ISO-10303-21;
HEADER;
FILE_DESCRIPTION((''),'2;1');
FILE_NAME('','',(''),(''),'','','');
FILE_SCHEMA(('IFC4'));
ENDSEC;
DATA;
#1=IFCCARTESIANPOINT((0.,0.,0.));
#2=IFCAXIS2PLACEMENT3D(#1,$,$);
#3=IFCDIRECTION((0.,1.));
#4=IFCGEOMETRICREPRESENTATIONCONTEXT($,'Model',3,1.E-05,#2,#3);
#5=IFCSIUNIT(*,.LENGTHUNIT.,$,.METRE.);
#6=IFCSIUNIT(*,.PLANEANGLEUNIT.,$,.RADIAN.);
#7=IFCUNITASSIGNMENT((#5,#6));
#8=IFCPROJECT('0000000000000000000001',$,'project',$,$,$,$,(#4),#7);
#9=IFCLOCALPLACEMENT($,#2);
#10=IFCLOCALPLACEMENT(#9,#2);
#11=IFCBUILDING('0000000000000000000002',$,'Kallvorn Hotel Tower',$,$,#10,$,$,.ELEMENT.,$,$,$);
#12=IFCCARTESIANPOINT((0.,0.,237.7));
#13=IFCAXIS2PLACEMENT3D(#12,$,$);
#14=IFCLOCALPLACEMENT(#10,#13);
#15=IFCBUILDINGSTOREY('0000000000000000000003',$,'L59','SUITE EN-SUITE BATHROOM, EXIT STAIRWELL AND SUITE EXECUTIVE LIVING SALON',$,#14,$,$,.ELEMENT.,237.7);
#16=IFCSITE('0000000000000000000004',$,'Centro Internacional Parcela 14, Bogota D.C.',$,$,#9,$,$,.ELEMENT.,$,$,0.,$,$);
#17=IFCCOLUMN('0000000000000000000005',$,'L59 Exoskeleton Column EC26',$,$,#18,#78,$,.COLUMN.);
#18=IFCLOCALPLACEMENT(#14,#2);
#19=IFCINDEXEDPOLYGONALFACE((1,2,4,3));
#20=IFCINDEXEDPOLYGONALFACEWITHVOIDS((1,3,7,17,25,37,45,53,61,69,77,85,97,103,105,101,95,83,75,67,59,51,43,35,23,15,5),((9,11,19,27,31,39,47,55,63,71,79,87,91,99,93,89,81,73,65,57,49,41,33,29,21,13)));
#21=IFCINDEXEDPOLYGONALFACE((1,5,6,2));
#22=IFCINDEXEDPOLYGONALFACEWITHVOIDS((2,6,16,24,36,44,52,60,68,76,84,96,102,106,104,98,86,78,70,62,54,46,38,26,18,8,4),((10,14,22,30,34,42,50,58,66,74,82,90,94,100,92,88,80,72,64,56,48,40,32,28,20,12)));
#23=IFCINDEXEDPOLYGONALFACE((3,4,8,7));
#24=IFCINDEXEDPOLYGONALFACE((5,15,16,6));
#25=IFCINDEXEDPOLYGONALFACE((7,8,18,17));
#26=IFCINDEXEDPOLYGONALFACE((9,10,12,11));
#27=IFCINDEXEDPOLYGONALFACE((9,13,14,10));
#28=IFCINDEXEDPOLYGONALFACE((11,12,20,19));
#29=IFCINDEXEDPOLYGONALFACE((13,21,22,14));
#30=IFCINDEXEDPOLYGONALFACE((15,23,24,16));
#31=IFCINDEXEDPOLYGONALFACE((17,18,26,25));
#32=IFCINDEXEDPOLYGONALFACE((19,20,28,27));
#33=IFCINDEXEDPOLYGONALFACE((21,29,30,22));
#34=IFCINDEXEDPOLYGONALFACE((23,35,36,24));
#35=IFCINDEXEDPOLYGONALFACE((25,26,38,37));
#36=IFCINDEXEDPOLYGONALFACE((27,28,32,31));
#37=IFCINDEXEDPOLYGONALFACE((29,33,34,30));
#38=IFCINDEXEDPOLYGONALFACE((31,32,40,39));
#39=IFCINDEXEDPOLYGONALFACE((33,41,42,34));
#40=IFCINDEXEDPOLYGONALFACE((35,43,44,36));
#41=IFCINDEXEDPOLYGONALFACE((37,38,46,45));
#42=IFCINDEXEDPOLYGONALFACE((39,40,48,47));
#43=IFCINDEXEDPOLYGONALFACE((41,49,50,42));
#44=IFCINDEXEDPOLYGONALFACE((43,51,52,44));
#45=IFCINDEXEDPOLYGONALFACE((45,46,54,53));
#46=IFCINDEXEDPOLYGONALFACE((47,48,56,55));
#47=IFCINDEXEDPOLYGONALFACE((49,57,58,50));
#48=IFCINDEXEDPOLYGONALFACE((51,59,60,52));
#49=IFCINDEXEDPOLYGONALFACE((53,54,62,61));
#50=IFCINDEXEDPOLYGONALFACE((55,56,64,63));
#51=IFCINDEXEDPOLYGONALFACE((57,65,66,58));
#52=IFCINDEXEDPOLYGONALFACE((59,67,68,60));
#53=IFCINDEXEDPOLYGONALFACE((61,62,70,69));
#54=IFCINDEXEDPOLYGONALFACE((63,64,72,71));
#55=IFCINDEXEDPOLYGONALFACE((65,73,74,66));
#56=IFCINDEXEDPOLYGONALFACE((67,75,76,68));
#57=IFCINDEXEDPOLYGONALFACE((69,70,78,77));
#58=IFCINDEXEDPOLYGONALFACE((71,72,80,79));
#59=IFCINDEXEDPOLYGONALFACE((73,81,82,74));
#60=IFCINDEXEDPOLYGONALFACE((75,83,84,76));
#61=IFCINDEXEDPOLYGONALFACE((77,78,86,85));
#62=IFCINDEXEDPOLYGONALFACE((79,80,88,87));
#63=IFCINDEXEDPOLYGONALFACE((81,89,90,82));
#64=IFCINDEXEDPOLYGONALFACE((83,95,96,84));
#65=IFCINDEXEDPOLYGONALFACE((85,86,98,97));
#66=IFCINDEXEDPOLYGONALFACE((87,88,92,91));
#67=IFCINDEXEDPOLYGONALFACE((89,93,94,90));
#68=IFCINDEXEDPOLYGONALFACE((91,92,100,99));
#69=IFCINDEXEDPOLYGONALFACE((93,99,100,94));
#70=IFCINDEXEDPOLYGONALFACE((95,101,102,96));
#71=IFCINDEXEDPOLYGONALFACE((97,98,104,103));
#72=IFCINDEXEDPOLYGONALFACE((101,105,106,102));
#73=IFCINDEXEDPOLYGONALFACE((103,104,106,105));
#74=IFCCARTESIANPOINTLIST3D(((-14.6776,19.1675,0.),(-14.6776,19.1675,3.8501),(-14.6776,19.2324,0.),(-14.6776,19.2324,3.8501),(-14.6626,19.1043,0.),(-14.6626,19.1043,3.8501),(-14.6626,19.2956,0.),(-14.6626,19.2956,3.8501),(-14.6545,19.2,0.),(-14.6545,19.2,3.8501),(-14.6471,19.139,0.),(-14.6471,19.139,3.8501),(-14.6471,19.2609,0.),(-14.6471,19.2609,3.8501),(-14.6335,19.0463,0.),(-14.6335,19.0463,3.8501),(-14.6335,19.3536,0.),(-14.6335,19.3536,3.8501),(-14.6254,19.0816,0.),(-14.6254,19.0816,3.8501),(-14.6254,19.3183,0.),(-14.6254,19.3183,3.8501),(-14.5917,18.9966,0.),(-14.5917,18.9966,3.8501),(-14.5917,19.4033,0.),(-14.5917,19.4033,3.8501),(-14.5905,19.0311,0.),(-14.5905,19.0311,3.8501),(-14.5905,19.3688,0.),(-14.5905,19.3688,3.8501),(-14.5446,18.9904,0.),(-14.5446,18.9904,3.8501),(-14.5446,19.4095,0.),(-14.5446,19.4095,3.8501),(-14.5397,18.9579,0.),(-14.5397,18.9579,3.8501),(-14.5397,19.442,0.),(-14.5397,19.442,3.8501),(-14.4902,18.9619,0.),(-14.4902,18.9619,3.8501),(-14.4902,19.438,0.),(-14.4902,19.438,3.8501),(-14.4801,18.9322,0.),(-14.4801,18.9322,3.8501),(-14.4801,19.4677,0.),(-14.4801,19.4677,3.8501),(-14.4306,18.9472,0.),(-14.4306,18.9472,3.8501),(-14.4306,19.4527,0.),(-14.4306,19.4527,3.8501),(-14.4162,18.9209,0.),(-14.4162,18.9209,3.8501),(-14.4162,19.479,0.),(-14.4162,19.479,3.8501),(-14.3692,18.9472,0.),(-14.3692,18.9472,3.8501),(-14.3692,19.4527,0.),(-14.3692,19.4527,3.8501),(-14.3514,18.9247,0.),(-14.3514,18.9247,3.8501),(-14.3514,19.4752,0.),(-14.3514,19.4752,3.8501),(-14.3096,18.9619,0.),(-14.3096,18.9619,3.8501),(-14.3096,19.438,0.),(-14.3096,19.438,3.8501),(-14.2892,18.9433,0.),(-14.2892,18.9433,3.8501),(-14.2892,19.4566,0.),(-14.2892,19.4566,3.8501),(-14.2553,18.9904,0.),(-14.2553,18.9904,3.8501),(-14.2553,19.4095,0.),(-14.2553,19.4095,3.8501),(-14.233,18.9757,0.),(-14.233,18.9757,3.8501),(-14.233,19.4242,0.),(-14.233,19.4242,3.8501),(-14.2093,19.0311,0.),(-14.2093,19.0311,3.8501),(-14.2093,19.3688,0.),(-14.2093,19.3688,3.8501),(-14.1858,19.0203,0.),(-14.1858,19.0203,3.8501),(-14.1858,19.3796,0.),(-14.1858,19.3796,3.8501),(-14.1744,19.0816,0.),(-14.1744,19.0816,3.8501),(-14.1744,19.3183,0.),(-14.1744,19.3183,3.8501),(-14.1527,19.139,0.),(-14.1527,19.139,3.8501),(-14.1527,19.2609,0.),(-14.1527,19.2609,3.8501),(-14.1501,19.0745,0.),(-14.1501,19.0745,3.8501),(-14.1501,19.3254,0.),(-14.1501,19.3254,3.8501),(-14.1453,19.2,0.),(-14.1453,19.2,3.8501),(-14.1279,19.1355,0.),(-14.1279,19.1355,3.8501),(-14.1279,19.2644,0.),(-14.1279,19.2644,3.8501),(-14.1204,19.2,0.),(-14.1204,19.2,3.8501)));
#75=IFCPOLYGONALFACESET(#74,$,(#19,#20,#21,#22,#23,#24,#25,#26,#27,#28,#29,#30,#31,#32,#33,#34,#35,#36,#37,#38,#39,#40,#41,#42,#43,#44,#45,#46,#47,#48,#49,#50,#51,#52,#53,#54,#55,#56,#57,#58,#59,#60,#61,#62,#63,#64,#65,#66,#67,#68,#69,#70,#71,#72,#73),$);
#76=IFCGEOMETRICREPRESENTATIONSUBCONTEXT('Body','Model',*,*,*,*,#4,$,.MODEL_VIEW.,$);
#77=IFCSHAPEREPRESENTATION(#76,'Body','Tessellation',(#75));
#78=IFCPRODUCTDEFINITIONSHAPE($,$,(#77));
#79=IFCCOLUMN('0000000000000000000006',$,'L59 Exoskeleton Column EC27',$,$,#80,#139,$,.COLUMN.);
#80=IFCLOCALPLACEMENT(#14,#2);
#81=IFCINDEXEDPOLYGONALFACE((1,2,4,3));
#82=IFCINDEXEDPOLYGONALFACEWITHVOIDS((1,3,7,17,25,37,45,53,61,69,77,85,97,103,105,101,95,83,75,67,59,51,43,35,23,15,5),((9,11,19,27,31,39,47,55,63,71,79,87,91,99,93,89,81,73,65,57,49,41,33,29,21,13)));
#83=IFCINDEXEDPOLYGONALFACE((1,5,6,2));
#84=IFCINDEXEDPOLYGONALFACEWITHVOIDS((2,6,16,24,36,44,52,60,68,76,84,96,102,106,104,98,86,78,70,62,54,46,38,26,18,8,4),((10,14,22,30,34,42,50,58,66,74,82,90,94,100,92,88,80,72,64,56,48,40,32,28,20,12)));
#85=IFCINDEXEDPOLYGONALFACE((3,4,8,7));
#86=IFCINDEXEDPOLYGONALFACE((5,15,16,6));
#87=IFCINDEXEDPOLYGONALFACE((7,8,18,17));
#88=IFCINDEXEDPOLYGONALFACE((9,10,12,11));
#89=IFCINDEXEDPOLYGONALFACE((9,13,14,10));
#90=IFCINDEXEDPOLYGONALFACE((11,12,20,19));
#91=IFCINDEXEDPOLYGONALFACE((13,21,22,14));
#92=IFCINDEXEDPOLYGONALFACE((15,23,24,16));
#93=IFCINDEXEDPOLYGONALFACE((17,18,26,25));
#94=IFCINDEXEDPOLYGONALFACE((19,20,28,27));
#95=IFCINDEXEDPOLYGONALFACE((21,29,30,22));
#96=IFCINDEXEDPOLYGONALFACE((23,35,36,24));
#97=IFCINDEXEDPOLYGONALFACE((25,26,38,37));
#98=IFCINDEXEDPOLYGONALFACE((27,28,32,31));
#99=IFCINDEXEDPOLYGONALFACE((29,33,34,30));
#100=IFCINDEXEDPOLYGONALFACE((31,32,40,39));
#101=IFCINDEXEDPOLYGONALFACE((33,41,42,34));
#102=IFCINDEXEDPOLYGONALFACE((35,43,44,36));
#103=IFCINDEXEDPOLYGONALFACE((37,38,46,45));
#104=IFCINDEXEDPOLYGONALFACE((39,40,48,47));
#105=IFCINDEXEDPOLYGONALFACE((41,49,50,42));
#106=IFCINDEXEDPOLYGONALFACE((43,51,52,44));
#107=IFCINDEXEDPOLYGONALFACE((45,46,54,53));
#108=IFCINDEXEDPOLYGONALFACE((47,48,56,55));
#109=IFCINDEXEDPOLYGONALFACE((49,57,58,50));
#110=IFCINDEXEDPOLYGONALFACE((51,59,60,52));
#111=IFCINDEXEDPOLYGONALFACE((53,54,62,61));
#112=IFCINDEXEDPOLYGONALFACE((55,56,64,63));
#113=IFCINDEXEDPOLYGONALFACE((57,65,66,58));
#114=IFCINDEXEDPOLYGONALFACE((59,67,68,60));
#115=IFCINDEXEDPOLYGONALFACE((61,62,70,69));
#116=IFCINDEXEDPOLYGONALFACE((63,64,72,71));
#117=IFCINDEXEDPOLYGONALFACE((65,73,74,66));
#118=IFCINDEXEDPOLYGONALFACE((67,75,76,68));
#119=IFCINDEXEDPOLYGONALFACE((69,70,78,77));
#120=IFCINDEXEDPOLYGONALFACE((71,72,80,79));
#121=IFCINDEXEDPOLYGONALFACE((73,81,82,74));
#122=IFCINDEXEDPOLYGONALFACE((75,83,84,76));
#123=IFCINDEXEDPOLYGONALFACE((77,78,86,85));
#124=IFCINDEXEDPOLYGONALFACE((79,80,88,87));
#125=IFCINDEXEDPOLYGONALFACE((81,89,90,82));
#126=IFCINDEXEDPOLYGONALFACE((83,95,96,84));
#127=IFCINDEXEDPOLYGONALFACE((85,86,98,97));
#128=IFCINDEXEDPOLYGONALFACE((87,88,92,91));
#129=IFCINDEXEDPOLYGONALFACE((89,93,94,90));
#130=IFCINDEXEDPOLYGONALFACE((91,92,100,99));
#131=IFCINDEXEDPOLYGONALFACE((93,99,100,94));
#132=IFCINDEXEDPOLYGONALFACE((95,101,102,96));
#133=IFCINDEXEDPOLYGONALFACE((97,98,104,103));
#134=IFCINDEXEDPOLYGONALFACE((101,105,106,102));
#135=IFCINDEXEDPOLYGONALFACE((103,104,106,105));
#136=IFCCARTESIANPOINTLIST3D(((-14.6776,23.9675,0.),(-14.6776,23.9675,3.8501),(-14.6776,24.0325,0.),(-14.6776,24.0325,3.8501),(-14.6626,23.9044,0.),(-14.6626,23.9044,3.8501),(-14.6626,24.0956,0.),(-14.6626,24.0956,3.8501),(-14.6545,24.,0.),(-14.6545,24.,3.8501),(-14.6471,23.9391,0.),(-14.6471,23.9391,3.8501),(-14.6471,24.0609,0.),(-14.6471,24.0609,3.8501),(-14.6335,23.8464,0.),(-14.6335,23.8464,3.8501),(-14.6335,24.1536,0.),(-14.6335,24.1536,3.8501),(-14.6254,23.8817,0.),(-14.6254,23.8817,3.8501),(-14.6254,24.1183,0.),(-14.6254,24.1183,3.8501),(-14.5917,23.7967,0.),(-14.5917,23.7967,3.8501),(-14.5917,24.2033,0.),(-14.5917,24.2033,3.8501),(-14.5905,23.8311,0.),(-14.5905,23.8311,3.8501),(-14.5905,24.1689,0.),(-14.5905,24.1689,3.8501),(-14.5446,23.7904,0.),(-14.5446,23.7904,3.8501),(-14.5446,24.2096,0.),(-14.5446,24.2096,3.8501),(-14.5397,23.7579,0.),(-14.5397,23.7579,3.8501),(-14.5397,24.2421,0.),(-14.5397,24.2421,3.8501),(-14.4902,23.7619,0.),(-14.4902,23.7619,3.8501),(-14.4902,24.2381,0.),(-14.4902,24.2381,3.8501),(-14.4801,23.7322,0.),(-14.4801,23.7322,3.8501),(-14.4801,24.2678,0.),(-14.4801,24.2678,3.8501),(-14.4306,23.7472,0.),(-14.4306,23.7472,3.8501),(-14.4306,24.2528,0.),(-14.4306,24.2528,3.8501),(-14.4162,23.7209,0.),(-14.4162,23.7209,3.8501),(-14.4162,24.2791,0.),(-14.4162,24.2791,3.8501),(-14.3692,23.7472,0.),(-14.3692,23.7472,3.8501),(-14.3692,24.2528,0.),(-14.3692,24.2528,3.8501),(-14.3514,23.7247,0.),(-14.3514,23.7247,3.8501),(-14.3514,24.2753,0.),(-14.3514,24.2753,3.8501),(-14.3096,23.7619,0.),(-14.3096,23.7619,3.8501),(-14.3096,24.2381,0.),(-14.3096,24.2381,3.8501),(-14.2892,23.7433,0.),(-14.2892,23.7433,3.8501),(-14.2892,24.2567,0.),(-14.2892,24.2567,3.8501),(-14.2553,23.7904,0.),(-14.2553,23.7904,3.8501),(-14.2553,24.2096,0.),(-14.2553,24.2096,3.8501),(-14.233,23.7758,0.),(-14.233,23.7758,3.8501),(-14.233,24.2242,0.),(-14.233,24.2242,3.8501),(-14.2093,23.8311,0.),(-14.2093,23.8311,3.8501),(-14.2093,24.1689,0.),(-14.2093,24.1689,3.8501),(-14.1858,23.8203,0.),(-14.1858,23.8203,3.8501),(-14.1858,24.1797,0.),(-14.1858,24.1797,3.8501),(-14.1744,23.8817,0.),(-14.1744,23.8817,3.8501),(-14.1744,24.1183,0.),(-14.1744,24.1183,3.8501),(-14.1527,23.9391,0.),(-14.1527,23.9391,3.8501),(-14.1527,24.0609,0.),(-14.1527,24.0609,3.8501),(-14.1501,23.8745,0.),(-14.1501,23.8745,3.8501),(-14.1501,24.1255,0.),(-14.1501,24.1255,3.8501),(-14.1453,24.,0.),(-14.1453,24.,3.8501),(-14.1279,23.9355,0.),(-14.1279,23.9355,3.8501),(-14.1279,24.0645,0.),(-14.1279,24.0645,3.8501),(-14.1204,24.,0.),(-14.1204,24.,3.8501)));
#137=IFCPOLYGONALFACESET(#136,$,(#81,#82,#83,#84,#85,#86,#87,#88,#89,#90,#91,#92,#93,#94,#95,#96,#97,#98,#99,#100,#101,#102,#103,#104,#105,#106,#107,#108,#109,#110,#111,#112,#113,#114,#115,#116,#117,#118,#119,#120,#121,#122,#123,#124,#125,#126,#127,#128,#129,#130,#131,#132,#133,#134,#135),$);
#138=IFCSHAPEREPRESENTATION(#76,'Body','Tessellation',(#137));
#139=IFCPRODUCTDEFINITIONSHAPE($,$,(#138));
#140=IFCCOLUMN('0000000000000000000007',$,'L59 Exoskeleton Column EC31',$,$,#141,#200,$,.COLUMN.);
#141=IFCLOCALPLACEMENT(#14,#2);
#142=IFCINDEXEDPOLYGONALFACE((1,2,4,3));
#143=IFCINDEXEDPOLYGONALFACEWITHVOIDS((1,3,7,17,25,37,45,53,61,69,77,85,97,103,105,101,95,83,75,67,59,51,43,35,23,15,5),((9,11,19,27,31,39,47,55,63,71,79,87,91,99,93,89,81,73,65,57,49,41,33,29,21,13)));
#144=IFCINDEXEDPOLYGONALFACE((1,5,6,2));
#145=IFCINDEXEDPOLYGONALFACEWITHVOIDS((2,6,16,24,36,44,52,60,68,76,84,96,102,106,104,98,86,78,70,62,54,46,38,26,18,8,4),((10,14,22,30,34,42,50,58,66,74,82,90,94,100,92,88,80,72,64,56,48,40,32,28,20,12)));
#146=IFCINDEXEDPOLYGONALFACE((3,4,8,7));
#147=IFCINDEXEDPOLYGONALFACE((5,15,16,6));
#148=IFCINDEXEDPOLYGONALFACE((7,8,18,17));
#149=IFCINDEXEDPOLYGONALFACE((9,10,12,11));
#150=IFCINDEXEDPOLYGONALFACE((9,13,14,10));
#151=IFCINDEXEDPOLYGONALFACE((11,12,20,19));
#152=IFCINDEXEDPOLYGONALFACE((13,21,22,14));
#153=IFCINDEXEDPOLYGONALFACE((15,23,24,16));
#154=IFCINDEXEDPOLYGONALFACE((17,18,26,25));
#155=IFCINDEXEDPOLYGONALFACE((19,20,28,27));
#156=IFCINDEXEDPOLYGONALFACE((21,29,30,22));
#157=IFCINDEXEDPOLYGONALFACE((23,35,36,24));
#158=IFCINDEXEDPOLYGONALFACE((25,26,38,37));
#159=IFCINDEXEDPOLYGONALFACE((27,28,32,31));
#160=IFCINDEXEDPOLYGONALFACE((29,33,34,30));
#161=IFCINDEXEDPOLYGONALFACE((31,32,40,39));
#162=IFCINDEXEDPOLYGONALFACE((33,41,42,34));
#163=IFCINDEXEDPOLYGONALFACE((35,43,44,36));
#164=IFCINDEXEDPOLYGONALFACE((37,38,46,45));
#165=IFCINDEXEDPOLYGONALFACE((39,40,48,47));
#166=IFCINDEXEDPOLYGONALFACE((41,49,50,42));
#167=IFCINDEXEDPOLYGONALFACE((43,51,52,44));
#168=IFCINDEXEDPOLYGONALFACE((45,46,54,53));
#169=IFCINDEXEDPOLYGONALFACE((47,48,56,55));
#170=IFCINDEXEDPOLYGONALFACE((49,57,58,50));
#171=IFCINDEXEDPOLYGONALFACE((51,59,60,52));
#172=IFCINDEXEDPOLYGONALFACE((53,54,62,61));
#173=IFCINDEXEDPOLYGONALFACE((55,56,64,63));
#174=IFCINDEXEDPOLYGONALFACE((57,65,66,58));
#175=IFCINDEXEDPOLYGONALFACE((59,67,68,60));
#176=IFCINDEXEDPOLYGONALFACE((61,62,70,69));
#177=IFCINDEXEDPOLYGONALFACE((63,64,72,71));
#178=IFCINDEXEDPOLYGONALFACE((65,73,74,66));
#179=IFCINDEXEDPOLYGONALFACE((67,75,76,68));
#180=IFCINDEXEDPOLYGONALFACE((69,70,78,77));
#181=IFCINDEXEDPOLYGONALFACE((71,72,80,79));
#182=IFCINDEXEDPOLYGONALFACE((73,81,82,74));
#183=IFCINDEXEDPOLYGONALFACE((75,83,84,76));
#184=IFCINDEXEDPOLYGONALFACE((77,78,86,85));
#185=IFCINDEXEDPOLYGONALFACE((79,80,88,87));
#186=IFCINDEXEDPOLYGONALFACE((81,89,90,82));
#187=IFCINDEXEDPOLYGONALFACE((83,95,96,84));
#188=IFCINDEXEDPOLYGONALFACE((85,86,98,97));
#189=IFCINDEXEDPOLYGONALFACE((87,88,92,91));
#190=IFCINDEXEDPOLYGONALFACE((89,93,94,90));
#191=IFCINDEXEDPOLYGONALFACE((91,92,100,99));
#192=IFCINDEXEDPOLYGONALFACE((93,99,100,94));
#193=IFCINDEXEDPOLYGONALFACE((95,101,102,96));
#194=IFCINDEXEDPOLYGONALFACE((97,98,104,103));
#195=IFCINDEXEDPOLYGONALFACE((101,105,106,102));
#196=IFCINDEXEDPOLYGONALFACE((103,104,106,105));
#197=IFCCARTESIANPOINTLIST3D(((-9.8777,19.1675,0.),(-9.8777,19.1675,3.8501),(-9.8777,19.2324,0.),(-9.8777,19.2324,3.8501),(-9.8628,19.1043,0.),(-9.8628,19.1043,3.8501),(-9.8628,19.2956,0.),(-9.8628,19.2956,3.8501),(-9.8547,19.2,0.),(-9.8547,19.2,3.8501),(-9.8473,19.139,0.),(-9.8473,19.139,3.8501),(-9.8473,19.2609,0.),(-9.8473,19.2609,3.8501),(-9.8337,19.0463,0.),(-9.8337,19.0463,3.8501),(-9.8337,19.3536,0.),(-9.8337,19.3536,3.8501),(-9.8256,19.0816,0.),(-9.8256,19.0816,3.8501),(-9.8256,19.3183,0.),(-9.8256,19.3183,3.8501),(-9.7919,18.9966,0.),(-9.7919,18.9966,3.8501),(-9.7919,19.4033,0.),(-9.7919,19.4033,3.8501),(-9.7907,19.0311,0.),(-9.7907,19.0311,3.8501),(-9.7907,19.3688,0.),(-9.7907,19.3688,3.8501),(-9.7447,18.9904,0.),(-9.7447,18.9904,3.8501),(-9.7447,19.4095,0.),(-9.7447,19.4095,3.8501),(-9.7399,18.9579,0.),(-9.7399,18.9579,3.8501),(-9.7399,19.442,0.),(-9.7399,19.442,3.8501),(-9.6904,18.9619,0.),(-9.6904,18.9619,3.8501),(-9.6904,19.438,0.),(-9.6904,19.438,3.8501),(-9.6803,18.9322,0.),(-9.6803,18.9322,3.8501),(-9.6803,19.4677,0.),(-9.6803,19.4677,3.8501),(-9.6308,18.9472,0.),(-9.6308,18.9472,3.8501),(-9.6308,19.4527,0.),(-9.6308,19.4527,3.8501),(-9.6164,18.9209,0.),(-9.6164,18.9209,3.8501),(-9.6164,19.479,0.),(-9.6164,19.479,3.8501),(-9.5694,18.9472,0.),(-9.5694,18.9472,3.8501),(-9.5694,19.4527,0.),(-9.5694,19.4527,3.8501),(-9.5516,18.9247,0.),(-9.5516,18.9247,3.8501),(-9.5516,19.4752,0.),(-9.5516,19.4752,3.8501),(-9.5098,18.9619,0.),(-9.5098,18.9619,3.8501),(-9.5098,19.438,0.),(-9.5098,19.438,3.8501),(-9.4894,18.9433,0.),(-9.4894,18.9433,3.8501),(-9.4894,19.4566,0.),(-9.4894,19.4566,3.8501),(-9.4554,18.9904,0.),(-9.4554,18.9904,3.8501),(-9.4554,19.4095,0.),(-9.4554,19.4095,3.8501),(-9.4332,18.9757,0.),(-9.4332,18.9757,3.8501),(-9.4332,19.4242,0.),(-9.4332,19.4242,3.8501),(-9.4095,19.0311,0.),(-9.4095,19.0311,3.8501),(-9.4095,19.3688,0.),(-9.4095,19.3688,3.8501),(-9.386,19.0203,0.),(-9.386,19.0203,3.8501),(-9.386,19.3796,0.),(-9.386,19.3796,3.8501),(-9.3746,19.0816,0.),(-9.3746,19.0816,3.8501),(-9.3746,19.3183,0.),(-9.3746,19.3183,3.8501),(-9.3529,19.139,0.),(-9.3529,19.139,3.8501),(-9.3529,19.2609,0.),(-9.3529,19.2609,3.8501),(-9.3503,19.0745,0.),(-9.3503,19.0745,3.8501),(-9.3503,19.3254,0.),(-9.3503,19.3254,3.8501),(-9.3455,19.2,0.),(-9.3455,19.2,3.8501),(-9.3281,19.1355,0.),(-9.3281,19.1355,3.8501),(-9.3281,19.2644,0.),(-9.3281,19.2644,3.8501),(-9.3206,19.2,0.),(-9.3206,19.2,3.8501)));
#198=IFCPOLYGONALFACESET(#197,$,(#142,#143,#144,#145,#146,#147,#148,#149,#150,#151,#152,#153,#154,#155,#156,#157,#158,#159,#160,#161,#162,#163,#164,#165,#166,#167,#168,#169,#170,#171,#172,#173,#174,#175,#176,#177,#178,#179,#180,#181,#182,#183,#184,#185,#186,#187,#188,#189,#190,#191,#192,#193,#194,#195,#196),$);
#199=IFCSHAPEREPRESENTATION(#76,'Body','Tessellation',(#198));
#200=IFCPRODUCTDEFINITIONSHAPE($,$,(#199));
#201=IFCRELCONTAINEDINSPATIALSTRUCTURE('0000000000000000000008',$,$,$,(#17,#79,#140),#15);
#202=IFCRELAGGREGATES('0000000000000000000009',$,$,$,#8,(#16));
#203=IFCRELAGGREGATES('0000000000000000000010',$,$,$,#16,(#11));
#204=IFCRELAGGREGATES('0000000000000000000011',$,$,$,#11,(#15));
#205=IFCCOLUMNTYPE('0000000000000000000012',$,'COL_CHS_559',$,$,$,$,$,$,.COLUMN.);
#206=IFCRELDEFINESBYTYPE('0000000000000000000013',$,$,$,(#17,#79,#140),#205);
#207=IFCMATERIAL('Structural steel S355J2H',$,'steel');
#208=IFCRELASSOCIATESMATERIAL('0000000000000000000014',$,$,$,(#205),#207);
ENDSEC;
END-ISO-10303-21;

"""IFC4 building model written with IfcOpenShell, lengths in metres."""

from ifc_helpers import new_model, si_unit, direction, frame, origin, origin_2d, place, context, subcontext, project, spatial, hollow_circle, extrude, material, material_profile, profile_set, type_object, element, save


model = new_model("IFC4")

# Units and contexts
model_context = context("Model", 3, precision=1e-05, world=origin(), true_north=direction((0.0, 1.0)))
body_context = subcontext(model_context, "Body", "Model", "MODEL_VIEW")
ifc_project = project(units=[si_unit("LENGTHUNIT", "METRE"), si_unit("PLANEANGLEUNIT", "RADIAN")], contexts=[model_context])

# Site, building, storey
site_placement = place(None, origin())
site = spatial("IfcSite", under=ifc_project, at=site_placement, Name="Centro Internacional Parcela 14, Bogota D.C.", CompositionType="ELEMENT", RefElevation=0.0)
building_placement = place(site_placement, origin())
building = spatial("IfcBuilding", under=site, at=building_placement, Name="Kallvorn Hotel Tower", CompositionType="ELEMENT")
storey_placement = place(building_placement, frame((0.0, 0.0, 237.7)))
storey = spatial("IfcBuildingStorey", under=building, at=storey_placement, Name="L59", Description="SUITE EN-SUITE BATHROOM, EXIT STAIRWELL AND SUITE EXECUTIVE LIVING SALON", CompositionType="ELEMENT", Elevation=237.7)

# Columns
ifc_material_1 = material(Name="Structural steel S355J2H", Category="steel")
ifc_material_profile_1 = material_profile(ifc_material_1, hollow_circle(Radius=0.2795, WallThickness=0.0249, at=origin_2d()), Name="CHS 559x25")
ifc_profile_set_1 = profile_set([ifc_material_profile_1], Name="Structural steel S355J2H")
column_type_1 = type_object("IfcColumnType", Name="COL_CHS_559", PredefinedType="COLUMN", material=ifc_profile_set_1)
for number, where, z_axis, x_axis, name in (
    (1, (-14.3999, 19.2, 0.0), (0.0, 0.0, 1.0), (1.0, 0.0, 0.0), "L59 Exoskeleton Column EC26"),
    (2, (-14.3999, 24.0, 0.0), (0.0, 0.0, 1.0), (1.0, 0.0, 0.0), "L59 Exoskeleton Column EC27"),
    (3, (-9.6001, 19.2, 0.0), (0.0, 0.0, 1.0), (1.0, 0.0, 0.0), "L59 Exoskeleton Column EC31"),
):
    element("IfcColumn", number, at=place(storey_placement, frame(where, z_axis=z_axis, x_axis=x_axis)), inside=storey, type_object=column_type_1, Name=name, PredefinedType="COLUMN", context=body_context, shape_type="SweptSolid", body=[
        extrude(hollow_circle(Radius=0.2795, WallThickness=0.0249, at=origin_2d()), origin(), (0.0, 0.0, 1.0), 3.8501),
    ])

save(model, "model.ifc")
